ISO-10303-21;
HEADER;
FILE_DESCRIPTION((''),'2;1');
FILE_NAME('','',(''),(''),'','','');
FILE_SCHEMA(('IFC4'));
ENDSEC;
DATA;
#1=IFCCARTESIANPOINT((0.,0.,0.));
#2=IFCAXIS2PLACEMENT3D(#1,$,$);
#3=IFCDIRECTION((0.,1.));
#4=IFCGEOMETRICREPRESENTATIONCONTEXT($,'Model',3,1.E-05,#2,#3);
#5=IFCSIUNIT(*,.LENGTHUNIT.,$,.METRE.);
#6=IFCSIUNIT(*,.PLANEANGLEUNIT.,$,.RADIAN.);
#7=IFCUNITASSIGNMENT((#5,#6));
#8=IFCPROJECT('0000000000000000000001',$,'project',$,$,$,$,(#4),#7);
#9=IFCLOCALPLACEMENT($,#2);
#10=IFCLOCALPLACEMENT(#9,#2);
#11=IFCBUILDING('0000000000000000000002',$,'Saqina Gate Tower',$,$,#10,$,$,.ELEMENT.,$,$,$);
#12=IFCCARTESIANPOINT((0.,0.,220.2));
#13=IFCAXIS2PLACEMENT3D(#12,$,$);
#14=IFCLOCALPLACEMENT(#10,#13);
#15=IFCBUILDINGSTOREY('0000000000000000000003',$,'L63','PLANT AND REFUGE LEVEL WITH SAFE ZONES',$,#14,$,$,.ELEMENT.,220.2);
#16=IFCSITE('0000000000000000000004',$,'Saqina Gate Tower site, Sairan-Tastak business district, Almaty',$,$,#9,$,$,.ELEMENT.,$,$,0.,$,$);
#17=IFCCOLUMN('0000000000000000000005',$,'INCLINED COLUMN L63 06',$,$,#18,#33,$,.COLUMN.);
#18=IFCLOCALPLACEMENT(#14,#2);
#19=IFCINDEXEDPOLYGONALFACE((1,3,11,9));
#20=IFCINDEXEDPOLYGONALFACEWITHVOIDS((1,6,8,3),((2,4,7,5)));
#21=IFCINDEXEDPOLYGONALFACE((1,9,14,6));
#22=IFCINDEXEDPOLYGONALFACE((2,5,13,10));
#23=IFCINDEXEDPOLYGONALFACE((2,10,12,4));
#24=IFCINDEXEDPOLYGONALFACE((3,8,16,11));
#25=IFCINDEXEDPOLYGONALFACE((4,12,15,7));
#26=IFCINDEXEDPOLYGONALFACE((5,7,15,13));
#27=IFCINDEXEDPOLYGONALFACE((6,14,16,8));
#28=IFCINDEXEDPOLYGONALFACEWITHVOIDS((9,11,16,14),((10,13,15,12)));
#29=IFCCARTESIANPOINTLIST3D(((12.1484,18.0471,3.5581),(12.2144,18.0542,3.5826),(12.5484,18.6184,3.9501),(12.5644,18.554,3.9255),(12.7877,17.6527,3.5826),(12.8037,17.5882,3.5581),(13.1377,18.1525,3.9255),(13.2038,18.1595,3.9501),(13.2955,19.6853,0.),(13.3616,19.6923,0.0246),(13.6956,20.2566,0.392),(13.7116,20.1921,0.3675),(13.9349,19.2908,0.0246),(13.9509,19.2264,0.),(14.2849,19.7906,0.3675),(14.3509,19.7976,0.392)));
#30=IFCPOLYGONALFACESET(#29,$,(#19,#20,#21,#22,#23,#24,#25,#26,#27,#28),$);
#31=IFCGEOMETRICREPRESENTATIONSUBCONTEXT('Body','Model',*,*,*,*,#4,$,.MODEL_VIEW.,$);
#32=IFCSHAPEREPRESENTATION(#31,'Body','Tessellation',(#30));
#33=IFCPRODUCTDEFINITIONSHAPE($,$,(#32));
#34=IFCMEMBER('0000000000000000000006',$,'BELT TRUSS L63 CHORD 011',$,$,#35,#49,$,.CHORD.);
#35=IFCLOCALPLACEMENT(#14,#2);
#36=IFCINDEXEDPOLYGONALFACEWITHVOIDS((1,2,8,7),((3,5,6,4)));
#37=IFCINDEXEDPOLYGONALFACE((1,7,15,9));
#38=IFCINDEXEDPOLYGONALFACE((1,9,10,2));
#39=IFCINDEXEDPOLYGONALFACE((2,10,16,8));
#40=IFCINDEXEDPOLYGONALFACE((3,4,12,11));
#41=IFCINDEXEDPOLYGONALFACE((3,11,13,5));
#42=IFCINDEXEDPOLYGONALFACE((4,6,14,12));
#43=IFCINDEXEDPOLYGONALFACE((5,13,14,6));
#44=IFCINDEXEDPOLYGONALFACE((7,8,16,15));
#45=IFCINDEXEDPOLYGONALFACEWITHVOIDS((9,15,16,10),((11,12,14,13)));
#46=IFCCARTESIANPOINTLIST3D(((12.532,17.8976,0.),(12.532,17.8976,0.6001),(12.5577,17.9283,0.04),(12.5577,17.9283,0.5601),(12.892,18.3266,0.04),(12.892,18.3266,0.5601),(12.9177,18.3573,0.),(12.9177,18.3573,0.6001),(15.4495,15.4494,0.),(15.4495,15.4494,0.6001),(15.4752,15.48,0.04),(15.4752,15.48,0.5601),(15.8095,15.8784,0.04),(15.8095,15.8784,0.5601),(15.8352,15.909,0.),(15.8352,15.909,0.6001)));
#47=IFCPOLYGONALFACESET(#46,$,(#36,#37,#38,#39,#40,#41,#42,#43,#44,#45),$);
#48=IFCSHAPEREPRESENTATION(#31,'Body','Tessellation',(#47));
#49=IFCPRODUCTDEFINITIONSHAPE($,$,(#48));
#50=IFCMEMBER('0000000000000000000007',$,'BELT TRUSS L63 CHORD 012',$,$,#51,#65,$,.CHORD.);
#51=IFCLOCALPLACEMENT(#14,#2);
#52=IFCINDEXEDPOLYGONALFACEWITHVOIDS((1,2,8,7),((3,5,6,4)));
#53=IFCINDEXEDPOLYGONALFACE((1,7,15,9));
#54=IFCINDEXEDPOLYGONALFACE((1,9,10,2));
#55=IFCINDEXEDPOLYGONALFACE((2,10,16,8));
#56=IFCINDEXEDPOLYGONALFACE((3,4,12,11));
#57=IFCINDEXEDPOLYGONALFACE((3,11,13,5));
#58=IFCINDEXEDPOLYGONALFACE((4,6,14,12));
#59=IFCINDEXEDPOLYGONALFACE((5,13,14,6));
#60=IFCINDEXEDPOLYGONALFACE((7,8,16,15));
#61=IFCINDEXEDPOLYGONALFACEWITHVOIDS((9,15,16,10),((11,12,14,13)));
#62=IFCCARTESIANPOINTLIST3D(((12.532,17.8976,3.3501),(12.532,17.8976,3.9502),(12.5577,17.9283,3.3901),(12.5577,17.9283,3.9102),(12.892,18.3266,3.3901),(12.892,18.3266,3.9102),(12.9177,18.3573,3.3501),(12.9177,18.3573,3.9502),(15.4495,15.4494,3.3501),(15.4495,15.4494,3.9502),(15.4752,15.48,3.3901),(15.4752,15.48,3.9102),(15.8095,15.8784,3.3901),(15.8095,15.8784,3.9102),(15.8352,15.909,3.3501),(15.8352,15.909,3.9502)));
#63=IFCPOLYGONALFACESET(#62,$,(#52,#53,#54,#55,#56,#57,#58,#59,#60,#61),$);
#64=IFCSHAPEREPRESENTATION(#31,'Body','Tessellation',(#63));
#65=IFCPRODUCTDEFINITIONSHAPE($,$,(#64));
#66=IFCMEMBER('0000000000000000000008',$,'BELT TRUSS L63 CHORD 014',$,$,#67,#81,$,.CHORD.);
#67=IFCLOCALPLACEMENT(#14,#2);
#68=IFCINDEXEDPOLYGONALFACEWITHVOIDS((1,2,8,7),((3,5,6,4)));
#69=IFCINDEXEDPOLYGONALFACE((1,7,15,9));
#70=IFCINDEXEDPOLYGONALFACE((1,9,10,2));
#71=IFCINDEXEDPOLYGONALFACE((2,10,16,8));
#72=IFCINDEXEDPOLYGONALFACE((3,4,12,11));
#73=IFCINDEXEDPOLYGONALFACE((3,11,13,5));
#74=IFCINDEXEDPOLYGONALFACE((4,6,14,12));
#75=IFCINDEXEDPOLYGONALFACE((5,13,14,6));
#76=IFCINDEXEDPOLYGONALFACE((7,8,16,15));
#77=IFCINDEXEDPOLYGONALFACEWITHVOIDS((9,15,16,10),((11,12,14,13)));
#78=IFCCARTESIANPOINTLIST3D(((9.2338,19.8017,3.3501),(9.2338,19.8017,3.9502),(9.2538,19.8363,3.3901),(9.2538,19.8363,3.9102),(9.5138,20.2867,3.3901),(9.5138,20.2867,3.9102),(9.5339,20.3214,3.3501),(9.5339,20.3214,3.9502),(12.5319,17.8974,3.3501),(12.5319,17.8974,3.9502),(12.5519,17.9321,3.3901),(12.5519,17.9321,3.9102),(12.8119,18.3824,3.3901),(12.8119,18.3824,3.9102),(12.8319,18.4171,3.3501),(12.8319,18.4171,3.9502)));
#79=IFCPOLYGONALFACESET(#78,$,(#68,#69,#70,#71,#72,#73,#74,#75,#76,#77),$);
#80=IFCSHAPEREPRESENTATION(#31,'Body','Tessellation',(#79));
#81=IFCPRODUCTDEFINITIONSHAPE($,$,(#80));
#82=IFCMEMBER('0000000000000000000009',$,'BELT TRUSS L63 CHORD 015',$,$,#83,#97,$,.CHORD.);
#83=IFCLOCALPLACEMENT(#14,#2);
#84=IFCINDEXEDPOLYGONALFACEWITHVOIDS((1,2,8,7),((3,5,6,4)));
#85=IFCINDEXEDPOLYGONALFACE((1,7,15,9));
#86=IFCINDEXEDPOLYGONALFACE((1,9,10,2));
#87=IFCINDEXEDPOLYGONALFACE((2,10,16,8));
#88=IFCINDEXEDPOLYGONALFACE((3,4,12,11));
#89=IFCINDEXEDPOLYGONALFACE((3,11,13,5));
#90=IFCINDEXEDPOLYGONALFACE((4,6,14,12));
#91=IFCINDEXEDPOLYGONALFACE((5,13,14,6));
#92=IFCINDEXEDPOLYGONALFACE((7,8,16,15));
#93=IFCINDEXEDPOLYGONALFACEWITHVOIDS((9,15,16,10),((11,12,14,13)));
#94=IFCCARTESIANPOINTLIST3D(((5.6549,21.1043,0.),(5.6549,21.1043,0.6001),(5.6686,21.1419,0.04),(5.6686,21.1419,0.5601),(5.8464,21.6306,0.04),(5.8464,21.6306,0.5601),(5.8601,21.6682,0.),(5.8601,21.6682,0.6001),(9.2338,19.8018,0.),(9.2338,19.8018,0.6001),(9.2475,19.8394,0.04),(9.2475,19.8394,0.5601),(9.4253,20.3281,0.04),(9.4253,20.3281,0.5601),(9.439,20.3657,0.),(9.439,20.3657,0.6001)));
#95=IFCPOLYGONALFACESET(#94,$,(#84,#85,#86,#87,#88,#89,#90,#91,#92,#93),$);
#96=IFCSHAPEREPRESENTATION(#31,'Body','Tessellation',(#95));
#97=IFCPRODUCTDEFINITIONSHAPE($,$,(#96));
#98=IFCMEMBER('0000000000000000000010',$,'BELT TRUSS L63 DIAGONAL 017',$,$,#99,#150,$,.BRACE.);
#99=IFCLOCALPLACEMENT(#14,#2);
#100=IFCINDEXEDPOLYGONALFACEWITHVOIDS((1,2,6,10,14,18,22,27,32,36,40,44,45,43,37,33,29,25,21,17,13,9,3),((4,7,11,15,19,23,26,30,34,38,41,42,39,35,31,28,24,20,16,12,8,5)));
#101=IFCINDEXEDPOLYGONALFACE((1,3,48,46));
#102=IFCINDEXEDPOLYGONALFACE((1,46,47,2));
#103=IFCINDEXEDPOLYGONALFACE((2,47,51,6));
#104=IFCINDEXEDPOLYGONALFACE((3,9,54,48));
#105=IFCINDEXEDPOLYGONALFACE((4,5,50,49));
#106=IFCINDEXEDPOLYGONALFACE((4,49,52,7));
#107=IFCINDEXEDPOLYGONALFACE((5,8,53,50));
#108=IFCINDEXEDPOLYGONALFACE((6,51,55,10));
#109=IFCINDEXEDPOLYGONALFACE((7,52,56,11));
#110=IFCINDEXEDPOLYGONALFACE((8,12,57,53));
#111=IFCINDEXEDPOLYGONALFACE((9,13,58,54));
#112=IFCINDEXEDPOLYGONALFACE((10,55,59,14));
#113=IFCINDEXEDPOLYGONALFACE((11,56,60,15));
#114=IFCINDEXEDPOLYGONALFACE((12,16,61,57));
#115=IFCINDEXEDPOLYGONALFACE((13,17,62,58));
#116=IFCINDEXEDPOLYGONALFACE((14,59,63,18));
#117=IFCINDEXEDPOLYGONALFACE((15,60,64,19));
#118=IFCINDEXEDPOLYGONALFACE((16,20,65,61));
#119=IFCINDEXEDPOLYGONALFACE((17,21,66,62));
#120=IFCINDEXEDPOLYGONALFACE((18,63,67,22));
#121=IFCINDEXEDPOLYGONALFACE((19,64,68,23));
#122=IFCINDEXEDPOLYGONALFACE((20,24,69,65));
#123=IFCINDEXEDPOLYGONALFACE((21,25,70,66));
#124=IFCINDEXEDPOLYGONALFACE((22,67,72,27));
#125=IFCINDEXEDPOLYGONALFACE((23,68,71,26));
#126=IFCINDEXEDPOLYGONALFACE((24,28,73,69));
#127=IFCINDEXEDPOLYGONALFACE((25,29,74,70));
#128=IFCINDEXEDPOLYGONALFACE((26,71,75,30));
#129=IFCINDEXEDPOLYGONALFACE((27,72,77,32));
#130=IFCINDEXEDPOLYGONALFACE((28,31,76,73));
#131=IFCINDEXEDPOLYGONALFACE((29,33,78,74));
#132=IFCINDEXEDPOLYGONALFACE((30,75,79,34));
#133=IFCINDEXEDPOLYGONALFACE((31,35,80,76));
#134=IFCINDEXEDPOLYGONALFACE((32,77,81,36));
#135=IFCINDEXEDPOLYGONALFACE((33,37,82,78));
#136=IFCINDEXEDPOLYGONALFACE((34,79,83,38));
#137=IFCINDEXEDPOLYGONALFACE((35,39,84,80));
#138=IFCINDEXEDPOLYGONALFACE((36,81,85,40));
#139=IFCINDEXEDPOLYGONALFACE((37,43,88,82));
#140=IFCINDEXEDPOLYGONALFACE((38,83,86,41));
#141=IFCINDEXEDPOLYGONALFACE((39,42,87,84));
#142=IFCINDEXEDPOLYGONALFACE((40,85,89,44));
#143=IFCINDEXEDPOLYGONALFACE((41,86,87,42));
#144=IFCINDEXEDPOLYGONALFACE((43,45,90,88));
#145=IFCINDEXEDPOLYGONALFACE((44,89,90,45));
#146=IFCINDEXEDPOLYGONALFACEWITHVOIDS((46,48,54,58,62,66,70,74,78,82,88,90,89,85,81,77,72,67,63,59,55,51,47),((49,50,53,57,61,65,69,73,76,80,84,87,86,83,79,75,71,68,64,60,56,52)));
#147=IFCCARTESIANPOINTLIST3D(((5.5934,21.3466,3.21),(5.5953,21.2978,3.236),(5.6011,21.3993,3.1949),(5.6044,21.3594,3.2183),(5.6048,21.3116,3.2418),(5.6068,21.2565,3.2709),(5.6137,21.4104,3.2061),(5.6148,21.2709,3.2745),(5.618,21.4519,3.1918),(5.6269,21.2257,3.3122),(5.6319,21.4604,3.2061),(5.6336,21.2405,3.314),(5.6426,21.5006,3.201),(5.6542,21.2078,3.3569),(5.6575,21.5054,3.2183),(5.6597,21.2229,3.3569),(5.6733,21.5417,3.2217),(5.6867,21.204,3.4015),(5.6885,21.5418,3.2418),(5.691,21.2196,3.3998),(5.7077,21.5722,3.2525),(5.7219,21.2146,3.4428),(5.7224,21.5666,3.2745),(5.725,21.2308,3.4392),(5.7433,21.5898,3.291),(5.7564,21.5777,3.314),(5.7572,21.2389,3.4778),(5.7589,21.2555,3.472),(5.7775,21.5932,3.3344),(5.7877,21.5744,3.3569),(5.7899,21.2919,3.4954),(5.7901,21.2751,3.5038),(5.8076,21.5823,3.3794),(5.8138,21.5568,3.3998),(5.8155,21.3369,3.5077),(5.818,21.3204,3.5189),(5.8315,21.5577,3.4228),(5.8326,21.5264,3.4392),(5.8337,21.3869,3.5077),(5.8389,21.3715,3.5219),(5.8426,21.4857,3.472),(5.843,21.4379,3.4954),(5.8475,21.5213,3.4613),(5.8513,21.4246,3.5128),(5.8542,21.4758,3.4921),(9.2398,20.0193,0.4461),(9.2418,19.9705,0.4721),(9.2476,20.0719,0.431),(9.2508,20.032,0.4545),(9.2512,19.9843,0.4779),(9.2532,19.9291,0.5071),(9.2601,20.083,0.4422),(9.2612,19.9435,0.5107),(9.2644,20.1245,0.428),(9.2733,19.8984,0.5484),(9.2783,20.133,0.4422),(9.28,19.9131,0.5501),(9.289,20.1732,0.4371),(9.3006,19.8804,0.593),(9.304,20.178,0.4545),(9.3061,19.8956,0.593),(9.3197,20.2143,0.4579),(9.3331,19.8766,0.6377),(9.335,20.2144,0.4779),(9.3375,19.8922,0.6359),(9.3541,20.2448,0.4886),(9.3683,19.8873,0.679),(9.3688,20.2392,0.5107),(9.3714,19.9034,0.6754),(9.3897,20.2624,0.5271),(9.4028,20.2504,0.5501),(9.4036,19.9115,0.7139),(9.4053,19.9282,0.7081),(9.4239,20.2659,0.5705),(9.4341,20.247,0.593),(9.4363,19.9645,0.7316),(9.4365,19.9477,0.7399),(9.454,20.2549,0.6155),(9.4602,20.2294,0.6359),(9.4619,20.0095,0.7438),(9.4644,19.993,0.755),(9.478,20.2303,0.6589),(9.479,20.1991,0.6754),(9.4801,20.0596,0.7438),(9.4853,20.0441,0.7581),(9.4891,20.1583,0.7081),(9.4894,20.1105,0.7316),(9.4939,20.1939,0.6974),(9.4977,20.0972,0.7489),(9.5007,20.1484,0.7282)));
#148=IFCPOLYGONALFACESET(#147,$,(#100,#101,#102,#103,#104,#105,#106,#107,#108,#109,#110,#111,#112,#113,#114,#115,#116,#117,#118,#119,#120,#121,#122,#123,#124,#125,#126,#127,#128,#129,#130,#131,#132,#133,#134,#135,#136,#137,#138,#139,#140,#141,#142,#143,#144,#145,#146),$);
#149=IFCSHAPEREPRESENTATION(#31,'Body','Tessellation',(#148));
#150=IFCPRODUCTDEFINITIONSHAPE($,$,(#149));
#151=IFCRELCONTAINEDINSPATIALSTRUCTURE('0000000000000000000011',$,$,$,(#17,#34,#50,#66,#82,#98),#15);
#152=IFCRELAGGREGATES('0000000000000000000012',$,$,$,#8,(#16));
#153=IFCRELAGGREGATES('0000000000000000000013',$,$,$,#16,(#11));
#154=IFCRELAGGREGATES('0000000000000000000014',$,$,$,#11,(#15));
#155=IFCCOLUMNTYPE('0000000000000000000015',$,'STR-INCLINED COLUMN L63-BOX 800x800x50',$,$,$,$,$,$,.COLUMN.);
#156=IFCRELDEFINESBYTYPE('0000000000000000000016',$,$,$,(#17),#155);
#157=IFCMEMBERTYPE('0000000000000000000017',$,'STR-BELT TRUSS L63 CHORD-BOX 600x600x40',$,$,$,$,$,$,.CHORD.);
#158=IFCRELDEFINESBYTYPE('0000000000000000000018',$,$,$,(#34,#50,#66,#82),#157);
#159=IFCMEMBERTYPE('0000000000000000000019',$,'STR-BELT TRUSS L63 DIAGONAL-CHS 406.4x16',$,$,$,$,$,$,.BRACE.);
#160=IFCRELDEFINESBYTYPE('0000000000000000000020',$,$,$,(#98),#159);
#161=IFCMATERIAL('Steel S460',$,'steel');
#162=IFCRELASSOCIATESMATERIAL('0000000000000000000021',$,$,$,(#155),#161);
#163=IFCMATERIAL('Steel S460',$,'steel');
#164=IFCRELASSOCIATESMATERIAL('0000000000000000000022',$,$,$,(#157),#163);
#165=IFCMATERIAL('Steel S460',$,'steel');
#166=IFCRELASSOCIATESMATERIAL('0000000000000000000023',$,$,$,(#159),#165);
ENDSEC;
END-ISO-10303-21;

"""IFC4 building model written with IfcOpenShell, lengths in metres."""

from ifc_helpers import new_model, si_unit, direction, frame, origin, origin_2d, place, context, subcontext, project, spatial, hollow_rectangle, hollow_circle, extrude, material, material_profile, profile_set, type_object, element, save


model = new_model("IFC4")

# Units and contexts
model_context = context("Model", 3, precision=1e-05, world=origin(), true_north=direction((0.0, 1.0)))
body_context = subcontext(model_context, "Body", "Model", "MODEL_VIEW")
ifc_project = project(units=[si_unit("LENGTHUNIT", "METRE"), si_unit("PLANEANGLEUNIT", "RADIAN")], contexts=[model_context])

# Site, building, storey
site_placement = place(None, origin())
site = spatial("IfcSite", under=ifc_project, at=site_placement, Name="Saqina Gate Tower site, Sairan-Tastak business district, Almaty", CompositionType="ELEMENT", RefElevation=0.0)
building_placement = place(site_placement, origin())
building = spatial("IfcBuilding", under=site, at=building_placement, Name="Saqina Gate Tower", CompositionType="ELEMENT")
storey_placement = place(building_placement, frame((0.0, 0.0, 220.2)))
storey = spatial("IfcBuildingStorey", under=building, at=storey_placement, Name="L63", Description="PLANT AND REFUGE LEVEL WITH SAFE ZONES", CompositionType="ELEMENT", Elevation=220.2)

# Column
ifc_material_1 = material(Name="Steel S460", Category="steel")
ifc_material_profile_1 = material_profile(ifc_material_1, hollow_rectangle(XDim=0.8, YDim=0.8, WallThickness=0.05, at=origin_2d()), Name="BOX 800x800x50")
ifc_profile_set_1 = profile_set([ifc_material_profile_1], Name="Steel S460")
column_type = type_object("IfcColumnType", Name="STR-INCLINED COLUMN L63-BOX 800x800x50", PredefinedType="COLUMN", material=ifc_profile_set_1)
column_placement = place(storey_placement, frame((13.8232, 19.7415, 0.196), z_axis=(-0.281067, -0.401353, 0.871732), x_axis=(0.819117, -0.573626, 0.0)))
element("IfcColumn", 1, at=column_placement, inside=storey, type_object=column_type, Name="INCLINED COLUMN L63 06", PredefinedType="COLUMN", context=body_context, shape_type="SweptSolid", body=[
    extrude(hollow_rectangle(XDim=0.8, YDim=0.8, WallThickness=0.05, at=origin_2d()), origin(), (0.0, 0.0, 1.0), 4.0815),
])

# Members
ifc_material_2 = material(Name="Steel S460", Category="steel")
ifc_material_profile_2 = material_profile(ifc_material_2, hollow_rectangle(XDim=0.6001, YDim=0.6001, WallThickness=0.04, at=origin_2d()), Name="BOX 600x600x40")
ifc_profile_set_2 = profile_set([ifc_material_profile_2], Name="Steel S460")
member_type_1 = type_object("IfcMemberType", Name="STR-BELT TRUSS L63 CHORD-BOX 600x600x40", PredefinedType="CHORD", material=ifc_profile_set_2)
for number, where, z_axis, x_axis, name in (
    (2, (15.6423, 15.6792, 0.3), (-0.76602, 0.642816, 0.0), (-0.642816, -0.76602, 0.0), "BELT TRUSS L63 CHORD 011"),
    (3, (15.6423, 15.6792, 3.6501), (-0.76602, 0.642816, 0.0), (-0.642816, -0.76602, 0.0), "BELT TRUSS L63 CHORD 012"),
):
    element("IfcMember", number, at=place(storey_placement, frame(where, z_axis=z_axis, x_axis=x_axis)), inside=storey, type_object=member_type_1, Name=name, PredefinedType="CHORD", context=body_context, shape_type="SweptSolid", body=[
        extrude(hollow_rectangle(XDim=0.6001, YDim=0.6001, WallThickness=0.04, at=origin_2d()), origin(), (0.0, 0.0, 1.0), 3.8086),
    ])
member_1_placement = place(storey_placement, frame((12.6819, 18.1572, 3.6501), z_axis=(-0.866009, 0.500028, 0.0), x_axis=(-0.500028, -0.866009, 0.0)))
element("IfcMember", 4, at=member_1_placement, inside=storey, type_object=member_type_1, Name="BELT TRUSS L63 CHORD 014", PredefinedType="CHORD", context=body_context, shape_type="SweptSolid", body=[
    extrude(hollow_rectangle(XDim=0.6001, YDim=0.6001, WallThickness=0.04, at=origin_2d()), origin(), (0.0, 0.0, 1.0), 3.8083),
])
member_2_placement = place(storey_placement, frame((9.3364, 20.0837, 0.3), z_axis=(-0.939702, 0.341995, 0.0), x_axis=(-0.341995, -0.939702, 0.0)))
element("IfcMember", 5, at=member_2_placement, inside=storey, type_object=member_type_1, Name="BELT TRUSS L63 CHORD 015", PredefinedType="CHORD", context=body_context, shape_type="SweptSolid", body=[
    extrude(hollow_rectangle(XDim=0.6001, YDim=0.6001, WallThickness=0.04, at=origin_2d()), origin(), (0.0, 0.0, 1.0), 3.8086),
])
ifc_material_3 = material(Name="Steel S460", Category="steel")
ifc_material_profile_3 = material_profile(ifc_material_3, hollow_circle(Radius=0.2031, WallThickness=0.0161, at=origin_2d()), Name="CHS 406.4x16")
ifc_profile_set_3 = profile_set([ifc_material_profile_3], Name="Steel S460")
member_type_2 = type_object("IfcMemberType", Name="STR-BELT TRUSS L63 DIAGONAL-CHS 406.4x16", PredefinedType="BRACE", material=ifc_profile_set_3)
member_3_placement = place(storey_placement, frame((9.3701, 20.0713, 0.593), z_axis=(-0.765385, 0.278615, 0.580137), x_axis=(-0.342061, -0.939678, 0.0)))
element("IfcMember", 6, at=member_3_placement, inside=storey, type_object=member_type_2, Name="BELT TRUSS L63 DIAGONAL 017", PredefinedType="BRACE", context=body_context, shape_type="SweptSolid", body=[
    extrude(hollow_circle(Radius=0.2031, WallThickness=0.0161, at=origin_2d()), origin(), (0.0, 0.0, 1.0), 4.7642),
])

save(model, "model.ifc")
